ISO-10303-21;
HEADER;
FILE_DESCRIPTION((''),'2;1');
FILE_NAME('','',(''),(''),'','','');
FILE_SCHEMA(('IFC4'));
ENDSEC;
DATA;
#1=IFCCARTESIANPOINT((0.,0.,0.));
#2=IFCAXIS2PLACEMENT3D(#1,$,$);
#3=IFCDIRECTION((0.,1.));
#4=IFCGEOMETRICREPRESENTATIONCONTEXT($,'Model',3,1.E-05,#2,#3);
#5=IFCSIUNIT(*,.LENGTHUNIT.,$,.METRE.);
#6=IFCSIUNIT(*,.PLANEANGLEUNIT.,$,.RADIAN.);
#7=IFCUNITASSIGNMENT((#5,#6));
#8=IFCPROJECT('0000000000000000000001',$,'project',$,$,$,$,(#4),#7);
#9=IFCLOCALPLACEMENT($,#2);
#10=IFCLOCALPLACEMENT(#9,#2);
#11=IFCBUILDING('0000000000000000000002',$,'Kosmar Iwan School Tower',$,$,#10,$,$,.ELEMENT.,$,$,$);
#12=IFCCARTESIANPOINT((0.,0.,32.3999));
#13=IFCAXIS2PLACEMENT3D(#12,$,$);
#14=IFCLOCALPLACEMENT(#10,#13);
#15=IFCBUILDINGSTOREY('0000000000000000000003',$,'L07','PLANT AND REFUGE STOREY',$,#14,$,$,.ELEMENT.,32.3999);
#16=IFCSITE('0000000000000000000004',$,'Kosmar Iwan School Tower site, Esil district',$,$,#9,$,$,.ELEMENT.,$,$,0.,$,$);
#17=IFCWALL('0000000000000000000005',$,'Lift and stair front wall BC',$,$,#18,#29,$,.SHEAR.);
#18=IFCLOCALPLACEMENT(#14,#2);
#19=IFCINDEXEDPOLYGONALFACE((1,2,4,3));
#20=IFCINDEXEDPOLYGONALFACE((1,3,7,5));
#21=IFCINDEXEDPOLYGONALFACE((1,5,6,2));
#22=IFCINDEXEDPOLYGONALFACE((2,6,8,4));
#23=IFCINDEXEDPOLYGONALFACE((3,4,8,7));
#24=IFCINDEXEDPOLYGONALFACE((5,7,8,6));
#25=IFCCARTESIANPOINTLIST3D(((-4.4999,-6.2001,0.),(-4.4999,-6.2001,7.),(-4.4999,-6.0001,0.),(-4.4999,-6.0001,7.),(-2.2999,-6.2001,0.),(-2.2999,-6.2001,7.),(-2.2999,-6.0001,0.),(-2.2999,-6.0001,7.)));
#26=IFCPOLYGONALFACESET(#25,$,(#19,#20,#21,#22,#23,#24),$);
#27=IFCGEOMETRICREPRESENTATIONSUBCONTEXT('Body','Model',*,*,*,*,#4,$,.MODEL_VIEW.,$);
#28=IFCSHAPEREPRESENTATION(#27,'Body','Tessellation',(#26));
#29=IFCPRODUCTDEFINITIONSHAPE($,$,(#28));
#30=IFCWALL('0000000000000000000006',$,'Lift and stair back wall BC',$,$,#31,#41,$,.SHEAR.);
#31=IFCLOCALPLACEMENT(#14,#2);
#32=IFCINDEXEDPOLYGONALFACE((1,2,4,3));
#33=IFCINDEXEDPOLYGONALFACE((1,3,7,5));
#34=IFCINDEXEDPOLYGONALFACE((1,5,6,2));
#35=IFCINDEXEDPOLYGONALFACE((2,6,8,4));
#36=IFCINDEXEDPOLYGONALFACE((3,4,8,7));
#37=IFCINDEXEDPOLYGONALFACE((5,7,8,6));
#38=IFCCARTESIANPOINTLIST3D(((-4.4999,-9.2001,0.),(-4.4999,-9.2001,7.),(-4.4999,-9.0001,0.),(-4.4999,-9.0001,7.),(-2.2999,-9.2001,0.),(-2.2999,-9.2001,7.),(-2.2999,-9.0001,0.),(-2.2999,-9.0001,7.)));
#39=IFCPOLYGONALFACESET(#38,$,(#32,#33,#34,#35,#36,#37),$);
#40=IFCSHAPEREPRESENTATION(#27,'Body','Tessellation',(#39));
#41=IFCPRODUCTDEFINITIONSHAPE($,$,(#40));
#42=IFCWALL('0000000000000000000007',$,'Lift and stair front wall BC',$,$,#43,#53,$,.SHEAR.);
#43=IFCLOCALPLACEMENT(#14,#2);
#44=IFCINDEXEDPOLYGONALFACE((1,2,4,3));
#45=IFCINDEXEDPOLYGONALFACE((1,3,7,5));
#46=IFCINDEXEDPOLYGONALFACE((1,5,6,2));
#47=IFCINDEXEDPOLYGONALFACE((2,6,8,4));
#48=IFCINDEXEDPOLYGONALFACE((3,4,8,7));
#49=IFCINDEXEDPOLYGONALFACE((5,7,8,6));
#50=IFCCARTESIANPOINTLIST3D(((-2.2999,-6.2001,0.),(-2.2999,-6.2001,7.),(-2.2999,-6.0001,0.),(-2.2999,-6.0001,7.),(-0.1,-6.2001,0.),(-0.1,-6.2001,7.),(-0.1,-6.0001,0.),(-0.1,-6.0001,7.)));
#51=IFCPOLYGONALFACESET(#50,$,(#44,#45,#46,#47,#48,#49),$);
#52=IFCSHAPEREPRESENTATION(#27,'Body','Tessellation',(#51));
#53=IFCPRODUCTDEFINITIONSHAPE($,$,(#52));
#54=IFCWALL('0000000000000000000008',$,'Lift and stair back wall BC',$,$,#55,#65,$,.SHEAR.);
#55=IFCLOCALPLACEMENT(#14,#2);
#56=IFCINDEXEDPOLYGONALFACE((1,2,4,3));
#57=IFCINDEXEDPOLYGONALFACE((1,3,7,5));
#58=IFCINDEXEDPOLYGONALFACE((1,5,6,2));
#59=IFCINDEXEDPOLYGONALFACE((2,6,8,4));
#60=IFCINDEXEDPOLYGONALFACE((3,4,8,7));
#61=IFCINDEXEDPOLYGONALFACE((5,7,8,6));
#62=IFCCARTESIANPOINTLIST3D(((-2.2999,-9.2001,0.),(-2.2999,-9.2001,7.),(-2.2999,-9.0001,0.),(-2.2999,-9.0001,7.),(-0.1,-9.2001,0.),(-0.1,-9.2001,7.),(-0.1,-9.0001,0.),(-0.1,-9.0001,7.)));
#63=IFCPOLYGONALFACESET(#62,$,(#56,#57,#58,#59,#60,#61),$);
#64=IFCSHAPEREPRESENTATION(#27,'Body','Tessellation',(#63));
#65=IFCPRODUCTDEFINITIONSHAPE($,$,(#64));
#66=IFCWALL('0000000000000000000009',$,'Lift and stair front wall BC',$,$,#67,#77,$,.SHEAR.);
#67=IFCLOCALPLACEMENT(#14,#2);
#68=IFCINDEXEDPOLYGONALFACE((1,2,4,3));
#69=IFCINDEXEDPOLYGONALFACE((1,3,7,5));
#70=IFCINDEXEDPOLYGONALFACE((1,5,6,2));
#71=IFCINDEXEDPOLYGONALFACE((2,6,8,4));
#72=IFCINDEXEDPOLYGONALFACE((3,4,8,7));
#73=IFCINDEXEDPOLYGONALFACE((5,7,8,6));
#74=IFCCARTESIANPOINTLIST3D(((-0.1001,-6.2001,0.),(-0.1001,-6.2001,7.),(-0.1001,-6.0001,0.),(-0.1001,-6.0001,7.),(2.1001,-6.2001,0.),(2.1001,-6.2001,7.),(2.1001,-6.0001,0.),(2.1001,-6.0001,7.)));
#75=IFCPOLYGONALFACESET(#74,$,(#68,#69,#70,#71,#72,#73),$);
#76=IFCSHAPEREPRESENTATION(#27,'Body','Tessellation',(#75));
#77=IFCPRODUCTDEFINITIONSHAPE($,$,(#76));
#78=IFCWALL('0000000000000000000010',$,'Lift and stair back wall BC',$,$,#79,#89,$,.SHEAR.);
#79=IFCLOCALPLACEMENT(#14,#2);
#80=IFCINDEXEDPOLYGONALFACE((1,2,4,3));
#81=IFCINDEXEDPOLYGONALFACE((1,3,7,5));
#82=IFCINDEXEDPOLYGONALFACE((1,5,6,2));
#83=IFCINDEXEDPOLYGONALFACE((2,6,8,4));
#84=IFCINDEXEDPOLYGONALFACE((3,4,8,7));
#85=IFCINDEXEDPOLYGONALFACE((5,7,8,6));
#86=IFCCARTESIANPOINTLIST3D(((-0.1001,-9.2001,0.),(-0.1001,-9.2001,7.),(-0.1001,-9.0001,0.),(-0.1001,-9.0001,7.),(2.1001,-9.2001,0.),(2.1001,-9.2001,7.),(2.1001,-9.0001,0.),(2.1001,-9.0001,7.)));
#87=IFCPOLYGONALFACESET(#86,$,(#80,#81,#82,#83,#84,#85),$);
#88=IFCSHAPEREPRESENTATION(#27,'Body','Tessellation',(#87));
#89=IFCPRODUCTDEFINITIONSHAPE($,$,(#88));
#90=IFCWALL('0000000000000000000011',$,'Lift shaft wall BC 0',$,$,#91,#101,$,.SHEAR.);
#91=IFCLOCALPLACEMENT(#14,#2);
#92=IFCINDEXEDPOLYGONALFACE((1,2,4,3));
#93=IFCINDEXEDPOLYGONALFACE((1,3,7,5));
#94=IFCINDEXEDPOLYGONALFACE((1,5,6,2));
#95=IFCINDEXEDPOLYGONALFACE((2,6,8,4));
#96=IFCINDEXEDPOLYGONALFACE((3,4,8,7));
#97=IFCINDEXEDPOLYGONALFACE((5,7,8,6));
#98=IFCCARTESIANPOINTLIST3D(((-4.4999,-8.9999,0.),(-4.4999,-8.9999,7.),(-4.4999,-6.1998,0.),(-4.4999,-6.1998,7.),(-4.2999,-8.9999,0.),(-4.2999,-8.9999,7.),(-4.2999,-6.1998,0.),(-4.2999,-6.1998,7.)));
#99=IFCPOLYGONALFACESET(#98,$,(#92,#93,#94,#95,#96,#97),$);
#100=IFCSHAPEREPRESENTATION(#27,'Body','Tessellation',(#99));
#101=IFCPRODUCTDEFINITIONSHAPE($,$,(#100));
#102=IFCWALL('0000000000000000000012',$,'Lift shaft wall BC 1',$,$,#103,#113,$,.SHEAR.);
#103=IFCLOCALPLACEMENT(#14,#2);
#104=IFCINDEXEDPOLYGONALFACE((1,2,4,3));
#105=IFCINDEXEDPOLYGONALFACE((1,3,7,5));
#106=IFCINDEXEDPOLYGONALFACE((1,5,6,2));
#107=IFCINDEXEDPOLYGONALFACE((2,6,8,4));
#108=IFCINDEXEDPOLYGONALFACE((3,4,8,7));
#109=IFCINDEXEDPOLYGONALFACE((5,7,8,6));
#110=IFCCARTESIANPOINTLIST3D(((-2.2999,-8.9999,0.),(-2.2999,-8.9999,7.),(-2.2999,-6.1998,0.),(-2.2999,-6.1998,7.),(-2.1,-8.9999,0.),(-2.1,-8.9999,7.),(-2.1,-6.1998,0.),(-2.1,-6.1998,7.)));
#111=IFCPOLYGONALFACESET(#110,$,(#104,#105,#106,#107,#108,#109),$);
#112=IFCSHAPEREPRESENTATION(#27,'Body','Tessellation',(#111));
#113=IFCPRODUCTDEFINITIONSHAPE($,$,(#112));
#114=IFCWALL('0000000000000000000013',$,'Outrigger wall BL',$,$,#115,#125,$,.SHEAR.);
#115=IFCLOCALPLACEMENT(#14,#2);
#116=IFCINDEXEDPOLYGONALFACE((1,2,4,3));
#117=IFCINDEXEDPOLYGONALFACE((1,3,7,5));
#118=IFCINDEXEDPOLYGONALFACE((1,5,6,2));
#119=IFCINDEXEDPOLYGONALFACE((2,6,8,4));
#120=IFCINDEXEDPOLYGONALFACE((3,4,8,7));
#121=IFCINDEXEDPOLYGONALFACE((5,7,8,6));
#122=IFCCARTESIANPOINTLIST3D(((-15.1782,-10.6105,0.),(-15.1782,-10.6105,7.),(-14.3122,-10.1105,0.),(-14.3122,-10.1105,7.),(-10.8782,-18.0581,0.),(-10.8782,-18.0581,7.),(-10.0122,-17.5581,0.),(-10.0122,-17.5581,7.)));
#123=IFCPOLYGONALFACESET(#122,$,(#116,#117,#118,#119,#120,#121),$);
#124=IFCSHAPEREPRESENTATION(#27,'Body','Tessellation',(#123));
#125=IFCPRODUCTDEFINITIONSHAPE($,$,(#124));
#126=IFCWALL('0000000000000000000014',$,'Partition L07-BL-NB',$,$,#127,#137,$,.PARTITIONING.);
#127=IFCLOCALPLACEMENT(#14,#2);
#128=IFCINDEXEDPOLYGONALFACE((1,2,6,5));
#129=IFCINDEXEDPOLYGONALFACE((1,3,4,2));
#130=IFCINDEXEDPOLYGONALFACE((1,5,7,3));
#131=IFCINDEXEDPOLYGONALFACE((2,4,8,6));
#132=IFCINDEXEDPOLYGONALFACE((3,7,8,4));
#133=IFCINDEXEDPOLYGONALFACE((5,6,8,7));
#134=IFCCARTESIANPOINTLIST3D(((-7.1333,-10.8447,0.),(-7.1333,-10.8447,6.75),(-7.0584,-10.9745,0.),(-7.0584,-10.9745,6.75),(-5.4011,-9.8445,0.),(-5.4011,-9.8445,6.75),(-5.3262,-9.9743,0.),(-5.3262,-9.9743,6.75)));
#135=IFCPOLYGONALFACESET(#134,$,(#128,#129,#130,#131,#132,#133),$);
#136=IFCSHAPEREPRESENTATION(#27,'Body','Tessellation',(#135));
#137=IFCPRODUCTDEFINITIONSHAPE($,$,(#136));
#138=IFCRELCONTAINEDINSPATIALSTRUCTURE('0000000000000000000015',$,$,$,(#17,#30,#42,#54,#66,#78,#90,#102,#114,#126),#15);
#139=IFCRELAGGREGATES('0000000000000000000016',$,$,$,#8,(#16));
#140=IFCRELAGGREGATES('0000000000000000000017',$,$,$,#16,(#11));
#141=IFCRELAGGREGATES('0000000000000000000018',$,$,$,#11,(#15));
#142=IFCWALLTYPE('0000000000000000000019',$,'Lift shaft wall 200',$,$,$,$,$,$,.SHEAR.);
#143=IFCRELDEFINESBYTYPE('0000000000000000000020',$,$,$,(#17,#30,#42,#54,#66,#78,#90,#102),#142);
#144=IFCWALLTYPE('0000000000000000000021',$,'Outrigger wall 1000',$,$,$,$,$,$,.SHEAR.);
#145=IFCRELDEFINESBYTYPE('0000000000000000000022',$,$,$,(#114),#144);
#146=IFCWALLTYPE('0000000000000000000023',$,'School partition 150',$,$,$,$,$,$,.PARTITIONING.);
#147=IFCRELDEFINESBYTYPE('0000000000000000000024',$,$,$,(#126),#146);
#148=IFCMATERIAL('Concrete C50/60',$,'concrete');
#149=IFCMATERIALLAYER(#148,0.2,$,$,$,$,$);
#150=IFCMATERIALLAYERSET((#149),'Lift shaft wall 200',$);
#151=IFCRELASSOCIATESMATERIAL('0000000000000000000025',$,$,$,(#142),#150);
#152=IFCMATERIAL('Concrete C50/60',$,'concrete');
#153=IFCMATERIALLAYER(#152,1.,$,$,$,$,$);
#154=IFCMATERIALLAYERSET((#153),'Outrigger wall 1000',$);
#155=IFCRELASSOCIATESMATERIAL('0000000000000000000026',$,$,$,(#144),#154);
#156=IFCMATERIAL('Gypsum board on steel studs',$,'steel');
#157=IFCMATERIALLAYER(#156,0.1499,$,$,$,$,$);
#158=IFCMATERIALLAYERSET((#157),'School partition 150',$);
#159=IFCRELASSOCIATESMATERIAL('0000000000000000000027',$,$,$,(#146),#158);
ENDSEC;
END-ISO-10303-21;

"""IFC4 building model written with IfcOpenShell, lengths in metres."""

from ifc_helpers import new_model, si_unit, direction, frame, frame_2d, origin, place, context, subcontext, project, spatial, rectangle, extrude, material, layer, layer_set, type_object, element, save


model = new_model("IFC4")

# Units and contexts
model_context = context("Model", 3, precision=1e-05, world=origin(), true_north=direction((0.0, 1.0)))
body_context = subcontext(model_context, "Body", "Model", "MODEL_VIEW")
ifc_project = project(units=[si_unit("LENGTHUNIT", "METRE"), si_unit("PLANEANGLEUNIT", "RADIAN")], contexts=[model_context])

# Site, building, storey
site_placement = place(None, origin())
site = spatial("IfcSite", under=ifc_project, at=site_placement, Name="Kosmar Iwan School Tower site, Esil district", CompositionType="ELEMENT", RefElevation=0.0)
building_placement = place(site_placement, origin())
building = spatial("IfcBuilding", under=site, at=building_placement, Name="Kosmar Iwan School Tower", CompositionType="ELEMENT")
storey_placement = place(building_placement, frame((0.0, 0.0, 32.3999)))
storey = spatial("IfcBuildingStorey", under=building, at=storey_placement, Name="L07", Description="PLANT AND REFUGE STOREY", CompositionType="ELEMENT", Elevation=32.3999)

# Walls
ifc_material_1 = material(Name="Concrete C50/60", Category="concrete")
ifc_layer_1 = layer(ifc_material_1, 0.2)
ifc_layer_set_1 = layer_set([ifc_layer_1], Name="Lift shaft wall 200")
wall_type_1 = type_object("IfcWallType", Name="Lift shaft wall 200", PredefinedType="SHEAR", material=ifc_layer_set_1)
for number, where, z_axis, x_axis, name in (
    (1, (-4.5, -6.1001, 0.0), (0.0, 0.0, 1.0), (1.0, 0.0, 0.0), "Lift and stair front wall BC"),
    (2, (-4.5, -9.1001, 0.0), (0.0, 0.0, 1.0), (1.0, 0.0, 0.0), "Lift and stair back wall BC"),
    (3, (-2.3, -6.1001, 0.0), (0.0, 0.0, 1.0), (1.0, 0.0, 0.0), "Lift and stair front wall BC"),
    (4, (-2.3, -9.1001, 0.0), (0.0, 0.0, 1.0), (1.0, 0.0, 0.0), "Lift and stair back wall BC"),
):
    element("IfcWall", number, at=place(storey_placement, frame(where, z_axis=z_axis, x_axis=x_axis)), inside=storey, type_object=wall_type_1, Name=name, PredefinedType="SHEAR", context=body_context, shape_type="SweptSolid", body=[
        extrude(rectangle(XDim=2.2, YDim=0.2, at=frame_2d((1.1001, 0.0))), origin(), (0.0, 0.0, 1.0), 7.0),
    ])
for number, where, z_axis, x_axis, name in (
    (5, (-0.1001, -6.1001, 0.0), (0.0, 0.0, 1.0), (1.0, 0.0, 0.0), "Lift and stair front wall BC"),
    (6, (-0.1001, -9.1001, 0.0), (0.0, 0.0, 1.0), (1.0, 0.0, 0.0), "Lift and stair back wall BC"),
):
    element("IfcWall", number, at=place(storey_placement, frame(where, z_axis=z_axis, x_axis=x_axis)), inside=storey, type_object=wall_type_1, Name=name, PredefinedType="SHEAR", context=body_context, shape_type="SweptSolid", body=[
        extrude(rectangle(XDim=2.2002, YDim=0.2, at=frame_2d((1.1001, 0.0))), origin(), (0.0, 0.0, 1.0), 7.0),
    ])
for number, where, z_axis, x_axis, name in (
    (7, (-4.3999, -6.2, 0.0), (0.0, 0.0, 1.0), (0.0, -1.0, 0.0), "Lift shaft wall BC 0"),
    (8, (-2.2, -6.2, 0.0), (0.0, 0.0, 1.0), (0.0, -1.0, 0.0), "Lift shaft wall BC 1"),
):
    element("IfcWall", number, at=place(storey_placement, frame(where, z_axis=z_axis, x_axis=x_axis)), inside=storey, type_object=wall_type_1, Name=name, PredefinedType="SHEAR", context=body_context, shape_type="SweptSolid", body=[
        extrude(rectangle(XDim=2.8, YDim=0.2, at=frame_2d((1.3999, 0.0))), origin(), (0.0, 0.0, 1.0), 7.0),
    ])
ifc_material_2 = material(Name="Concrete C50/60", Category="concrete")
ifc_layer_2 = layer(ifc_material_2, 1.0)
ifc_layer_set_2 = layer_set([ifc_layer_2], Name="Outrigger wall 1000")
wall_type_2 = type_object("IfcWallType", Name="Outrigger wall 1000", PredefinedType="SHEAR", material=ifc_layer_set_2)
wall_1_placement = place(storey_placement, frame((-14.7451, -10.3606, 0.0), z_axis=(0.0, 0.0, 1.0), x_axis=(0.500008, -0.866021, 0.0)))
element("IfcWall", 9, at=wall_1_placement, inside=storey, type_object=wall_type_2, Name="Outrigger wall BL", PredefinedType="SHEAR", context=body_context, shape_type="SweptSolid", body=[
    extrude(rectangle(XDim=8.5999, YDim=1.0, at=frame_2d((4.2998, 0.0))), origin(), (0.0, 0.0, 1.0), 7.0),
])
ifc_material_3 = material(Name="Gypsum board on steel studs", Category="steel")
ifc_layer_3 = layer(ifc_material_3, 0.1499)
ifc_layer_set_3 = layer_set([ifc_layer_3], Name="School partition 150")
wall_type_3 = type_object("IfcWallType", Name="School partition 150", PredefinedType="PARTITIONING", material=ifc_layer_set_3)
wall_2_placement = place(storey_placement, frame((-5.3638, -9.9094, 0.0), z_axis=(0.0, 0.0, 1.0), x_axis=(-0.865988, -0.500064, 0.0)))
element("IfcWall", 10, at=wall_2_placement, inside=storey, type_object=wall_type_3, Name="Partition L07-BL-NB", PredefinedType="PARTITIONING", context=body_context, shape_type="SweptSolid", body=[
    extrude(rectangle(XDim=2.0002, YDim=0.1499, at=frame_2d((1.0, 0.0))), origin(), (0.0, 0.0, 1.0), 6.75),
])

save(model, "model.ifc")
